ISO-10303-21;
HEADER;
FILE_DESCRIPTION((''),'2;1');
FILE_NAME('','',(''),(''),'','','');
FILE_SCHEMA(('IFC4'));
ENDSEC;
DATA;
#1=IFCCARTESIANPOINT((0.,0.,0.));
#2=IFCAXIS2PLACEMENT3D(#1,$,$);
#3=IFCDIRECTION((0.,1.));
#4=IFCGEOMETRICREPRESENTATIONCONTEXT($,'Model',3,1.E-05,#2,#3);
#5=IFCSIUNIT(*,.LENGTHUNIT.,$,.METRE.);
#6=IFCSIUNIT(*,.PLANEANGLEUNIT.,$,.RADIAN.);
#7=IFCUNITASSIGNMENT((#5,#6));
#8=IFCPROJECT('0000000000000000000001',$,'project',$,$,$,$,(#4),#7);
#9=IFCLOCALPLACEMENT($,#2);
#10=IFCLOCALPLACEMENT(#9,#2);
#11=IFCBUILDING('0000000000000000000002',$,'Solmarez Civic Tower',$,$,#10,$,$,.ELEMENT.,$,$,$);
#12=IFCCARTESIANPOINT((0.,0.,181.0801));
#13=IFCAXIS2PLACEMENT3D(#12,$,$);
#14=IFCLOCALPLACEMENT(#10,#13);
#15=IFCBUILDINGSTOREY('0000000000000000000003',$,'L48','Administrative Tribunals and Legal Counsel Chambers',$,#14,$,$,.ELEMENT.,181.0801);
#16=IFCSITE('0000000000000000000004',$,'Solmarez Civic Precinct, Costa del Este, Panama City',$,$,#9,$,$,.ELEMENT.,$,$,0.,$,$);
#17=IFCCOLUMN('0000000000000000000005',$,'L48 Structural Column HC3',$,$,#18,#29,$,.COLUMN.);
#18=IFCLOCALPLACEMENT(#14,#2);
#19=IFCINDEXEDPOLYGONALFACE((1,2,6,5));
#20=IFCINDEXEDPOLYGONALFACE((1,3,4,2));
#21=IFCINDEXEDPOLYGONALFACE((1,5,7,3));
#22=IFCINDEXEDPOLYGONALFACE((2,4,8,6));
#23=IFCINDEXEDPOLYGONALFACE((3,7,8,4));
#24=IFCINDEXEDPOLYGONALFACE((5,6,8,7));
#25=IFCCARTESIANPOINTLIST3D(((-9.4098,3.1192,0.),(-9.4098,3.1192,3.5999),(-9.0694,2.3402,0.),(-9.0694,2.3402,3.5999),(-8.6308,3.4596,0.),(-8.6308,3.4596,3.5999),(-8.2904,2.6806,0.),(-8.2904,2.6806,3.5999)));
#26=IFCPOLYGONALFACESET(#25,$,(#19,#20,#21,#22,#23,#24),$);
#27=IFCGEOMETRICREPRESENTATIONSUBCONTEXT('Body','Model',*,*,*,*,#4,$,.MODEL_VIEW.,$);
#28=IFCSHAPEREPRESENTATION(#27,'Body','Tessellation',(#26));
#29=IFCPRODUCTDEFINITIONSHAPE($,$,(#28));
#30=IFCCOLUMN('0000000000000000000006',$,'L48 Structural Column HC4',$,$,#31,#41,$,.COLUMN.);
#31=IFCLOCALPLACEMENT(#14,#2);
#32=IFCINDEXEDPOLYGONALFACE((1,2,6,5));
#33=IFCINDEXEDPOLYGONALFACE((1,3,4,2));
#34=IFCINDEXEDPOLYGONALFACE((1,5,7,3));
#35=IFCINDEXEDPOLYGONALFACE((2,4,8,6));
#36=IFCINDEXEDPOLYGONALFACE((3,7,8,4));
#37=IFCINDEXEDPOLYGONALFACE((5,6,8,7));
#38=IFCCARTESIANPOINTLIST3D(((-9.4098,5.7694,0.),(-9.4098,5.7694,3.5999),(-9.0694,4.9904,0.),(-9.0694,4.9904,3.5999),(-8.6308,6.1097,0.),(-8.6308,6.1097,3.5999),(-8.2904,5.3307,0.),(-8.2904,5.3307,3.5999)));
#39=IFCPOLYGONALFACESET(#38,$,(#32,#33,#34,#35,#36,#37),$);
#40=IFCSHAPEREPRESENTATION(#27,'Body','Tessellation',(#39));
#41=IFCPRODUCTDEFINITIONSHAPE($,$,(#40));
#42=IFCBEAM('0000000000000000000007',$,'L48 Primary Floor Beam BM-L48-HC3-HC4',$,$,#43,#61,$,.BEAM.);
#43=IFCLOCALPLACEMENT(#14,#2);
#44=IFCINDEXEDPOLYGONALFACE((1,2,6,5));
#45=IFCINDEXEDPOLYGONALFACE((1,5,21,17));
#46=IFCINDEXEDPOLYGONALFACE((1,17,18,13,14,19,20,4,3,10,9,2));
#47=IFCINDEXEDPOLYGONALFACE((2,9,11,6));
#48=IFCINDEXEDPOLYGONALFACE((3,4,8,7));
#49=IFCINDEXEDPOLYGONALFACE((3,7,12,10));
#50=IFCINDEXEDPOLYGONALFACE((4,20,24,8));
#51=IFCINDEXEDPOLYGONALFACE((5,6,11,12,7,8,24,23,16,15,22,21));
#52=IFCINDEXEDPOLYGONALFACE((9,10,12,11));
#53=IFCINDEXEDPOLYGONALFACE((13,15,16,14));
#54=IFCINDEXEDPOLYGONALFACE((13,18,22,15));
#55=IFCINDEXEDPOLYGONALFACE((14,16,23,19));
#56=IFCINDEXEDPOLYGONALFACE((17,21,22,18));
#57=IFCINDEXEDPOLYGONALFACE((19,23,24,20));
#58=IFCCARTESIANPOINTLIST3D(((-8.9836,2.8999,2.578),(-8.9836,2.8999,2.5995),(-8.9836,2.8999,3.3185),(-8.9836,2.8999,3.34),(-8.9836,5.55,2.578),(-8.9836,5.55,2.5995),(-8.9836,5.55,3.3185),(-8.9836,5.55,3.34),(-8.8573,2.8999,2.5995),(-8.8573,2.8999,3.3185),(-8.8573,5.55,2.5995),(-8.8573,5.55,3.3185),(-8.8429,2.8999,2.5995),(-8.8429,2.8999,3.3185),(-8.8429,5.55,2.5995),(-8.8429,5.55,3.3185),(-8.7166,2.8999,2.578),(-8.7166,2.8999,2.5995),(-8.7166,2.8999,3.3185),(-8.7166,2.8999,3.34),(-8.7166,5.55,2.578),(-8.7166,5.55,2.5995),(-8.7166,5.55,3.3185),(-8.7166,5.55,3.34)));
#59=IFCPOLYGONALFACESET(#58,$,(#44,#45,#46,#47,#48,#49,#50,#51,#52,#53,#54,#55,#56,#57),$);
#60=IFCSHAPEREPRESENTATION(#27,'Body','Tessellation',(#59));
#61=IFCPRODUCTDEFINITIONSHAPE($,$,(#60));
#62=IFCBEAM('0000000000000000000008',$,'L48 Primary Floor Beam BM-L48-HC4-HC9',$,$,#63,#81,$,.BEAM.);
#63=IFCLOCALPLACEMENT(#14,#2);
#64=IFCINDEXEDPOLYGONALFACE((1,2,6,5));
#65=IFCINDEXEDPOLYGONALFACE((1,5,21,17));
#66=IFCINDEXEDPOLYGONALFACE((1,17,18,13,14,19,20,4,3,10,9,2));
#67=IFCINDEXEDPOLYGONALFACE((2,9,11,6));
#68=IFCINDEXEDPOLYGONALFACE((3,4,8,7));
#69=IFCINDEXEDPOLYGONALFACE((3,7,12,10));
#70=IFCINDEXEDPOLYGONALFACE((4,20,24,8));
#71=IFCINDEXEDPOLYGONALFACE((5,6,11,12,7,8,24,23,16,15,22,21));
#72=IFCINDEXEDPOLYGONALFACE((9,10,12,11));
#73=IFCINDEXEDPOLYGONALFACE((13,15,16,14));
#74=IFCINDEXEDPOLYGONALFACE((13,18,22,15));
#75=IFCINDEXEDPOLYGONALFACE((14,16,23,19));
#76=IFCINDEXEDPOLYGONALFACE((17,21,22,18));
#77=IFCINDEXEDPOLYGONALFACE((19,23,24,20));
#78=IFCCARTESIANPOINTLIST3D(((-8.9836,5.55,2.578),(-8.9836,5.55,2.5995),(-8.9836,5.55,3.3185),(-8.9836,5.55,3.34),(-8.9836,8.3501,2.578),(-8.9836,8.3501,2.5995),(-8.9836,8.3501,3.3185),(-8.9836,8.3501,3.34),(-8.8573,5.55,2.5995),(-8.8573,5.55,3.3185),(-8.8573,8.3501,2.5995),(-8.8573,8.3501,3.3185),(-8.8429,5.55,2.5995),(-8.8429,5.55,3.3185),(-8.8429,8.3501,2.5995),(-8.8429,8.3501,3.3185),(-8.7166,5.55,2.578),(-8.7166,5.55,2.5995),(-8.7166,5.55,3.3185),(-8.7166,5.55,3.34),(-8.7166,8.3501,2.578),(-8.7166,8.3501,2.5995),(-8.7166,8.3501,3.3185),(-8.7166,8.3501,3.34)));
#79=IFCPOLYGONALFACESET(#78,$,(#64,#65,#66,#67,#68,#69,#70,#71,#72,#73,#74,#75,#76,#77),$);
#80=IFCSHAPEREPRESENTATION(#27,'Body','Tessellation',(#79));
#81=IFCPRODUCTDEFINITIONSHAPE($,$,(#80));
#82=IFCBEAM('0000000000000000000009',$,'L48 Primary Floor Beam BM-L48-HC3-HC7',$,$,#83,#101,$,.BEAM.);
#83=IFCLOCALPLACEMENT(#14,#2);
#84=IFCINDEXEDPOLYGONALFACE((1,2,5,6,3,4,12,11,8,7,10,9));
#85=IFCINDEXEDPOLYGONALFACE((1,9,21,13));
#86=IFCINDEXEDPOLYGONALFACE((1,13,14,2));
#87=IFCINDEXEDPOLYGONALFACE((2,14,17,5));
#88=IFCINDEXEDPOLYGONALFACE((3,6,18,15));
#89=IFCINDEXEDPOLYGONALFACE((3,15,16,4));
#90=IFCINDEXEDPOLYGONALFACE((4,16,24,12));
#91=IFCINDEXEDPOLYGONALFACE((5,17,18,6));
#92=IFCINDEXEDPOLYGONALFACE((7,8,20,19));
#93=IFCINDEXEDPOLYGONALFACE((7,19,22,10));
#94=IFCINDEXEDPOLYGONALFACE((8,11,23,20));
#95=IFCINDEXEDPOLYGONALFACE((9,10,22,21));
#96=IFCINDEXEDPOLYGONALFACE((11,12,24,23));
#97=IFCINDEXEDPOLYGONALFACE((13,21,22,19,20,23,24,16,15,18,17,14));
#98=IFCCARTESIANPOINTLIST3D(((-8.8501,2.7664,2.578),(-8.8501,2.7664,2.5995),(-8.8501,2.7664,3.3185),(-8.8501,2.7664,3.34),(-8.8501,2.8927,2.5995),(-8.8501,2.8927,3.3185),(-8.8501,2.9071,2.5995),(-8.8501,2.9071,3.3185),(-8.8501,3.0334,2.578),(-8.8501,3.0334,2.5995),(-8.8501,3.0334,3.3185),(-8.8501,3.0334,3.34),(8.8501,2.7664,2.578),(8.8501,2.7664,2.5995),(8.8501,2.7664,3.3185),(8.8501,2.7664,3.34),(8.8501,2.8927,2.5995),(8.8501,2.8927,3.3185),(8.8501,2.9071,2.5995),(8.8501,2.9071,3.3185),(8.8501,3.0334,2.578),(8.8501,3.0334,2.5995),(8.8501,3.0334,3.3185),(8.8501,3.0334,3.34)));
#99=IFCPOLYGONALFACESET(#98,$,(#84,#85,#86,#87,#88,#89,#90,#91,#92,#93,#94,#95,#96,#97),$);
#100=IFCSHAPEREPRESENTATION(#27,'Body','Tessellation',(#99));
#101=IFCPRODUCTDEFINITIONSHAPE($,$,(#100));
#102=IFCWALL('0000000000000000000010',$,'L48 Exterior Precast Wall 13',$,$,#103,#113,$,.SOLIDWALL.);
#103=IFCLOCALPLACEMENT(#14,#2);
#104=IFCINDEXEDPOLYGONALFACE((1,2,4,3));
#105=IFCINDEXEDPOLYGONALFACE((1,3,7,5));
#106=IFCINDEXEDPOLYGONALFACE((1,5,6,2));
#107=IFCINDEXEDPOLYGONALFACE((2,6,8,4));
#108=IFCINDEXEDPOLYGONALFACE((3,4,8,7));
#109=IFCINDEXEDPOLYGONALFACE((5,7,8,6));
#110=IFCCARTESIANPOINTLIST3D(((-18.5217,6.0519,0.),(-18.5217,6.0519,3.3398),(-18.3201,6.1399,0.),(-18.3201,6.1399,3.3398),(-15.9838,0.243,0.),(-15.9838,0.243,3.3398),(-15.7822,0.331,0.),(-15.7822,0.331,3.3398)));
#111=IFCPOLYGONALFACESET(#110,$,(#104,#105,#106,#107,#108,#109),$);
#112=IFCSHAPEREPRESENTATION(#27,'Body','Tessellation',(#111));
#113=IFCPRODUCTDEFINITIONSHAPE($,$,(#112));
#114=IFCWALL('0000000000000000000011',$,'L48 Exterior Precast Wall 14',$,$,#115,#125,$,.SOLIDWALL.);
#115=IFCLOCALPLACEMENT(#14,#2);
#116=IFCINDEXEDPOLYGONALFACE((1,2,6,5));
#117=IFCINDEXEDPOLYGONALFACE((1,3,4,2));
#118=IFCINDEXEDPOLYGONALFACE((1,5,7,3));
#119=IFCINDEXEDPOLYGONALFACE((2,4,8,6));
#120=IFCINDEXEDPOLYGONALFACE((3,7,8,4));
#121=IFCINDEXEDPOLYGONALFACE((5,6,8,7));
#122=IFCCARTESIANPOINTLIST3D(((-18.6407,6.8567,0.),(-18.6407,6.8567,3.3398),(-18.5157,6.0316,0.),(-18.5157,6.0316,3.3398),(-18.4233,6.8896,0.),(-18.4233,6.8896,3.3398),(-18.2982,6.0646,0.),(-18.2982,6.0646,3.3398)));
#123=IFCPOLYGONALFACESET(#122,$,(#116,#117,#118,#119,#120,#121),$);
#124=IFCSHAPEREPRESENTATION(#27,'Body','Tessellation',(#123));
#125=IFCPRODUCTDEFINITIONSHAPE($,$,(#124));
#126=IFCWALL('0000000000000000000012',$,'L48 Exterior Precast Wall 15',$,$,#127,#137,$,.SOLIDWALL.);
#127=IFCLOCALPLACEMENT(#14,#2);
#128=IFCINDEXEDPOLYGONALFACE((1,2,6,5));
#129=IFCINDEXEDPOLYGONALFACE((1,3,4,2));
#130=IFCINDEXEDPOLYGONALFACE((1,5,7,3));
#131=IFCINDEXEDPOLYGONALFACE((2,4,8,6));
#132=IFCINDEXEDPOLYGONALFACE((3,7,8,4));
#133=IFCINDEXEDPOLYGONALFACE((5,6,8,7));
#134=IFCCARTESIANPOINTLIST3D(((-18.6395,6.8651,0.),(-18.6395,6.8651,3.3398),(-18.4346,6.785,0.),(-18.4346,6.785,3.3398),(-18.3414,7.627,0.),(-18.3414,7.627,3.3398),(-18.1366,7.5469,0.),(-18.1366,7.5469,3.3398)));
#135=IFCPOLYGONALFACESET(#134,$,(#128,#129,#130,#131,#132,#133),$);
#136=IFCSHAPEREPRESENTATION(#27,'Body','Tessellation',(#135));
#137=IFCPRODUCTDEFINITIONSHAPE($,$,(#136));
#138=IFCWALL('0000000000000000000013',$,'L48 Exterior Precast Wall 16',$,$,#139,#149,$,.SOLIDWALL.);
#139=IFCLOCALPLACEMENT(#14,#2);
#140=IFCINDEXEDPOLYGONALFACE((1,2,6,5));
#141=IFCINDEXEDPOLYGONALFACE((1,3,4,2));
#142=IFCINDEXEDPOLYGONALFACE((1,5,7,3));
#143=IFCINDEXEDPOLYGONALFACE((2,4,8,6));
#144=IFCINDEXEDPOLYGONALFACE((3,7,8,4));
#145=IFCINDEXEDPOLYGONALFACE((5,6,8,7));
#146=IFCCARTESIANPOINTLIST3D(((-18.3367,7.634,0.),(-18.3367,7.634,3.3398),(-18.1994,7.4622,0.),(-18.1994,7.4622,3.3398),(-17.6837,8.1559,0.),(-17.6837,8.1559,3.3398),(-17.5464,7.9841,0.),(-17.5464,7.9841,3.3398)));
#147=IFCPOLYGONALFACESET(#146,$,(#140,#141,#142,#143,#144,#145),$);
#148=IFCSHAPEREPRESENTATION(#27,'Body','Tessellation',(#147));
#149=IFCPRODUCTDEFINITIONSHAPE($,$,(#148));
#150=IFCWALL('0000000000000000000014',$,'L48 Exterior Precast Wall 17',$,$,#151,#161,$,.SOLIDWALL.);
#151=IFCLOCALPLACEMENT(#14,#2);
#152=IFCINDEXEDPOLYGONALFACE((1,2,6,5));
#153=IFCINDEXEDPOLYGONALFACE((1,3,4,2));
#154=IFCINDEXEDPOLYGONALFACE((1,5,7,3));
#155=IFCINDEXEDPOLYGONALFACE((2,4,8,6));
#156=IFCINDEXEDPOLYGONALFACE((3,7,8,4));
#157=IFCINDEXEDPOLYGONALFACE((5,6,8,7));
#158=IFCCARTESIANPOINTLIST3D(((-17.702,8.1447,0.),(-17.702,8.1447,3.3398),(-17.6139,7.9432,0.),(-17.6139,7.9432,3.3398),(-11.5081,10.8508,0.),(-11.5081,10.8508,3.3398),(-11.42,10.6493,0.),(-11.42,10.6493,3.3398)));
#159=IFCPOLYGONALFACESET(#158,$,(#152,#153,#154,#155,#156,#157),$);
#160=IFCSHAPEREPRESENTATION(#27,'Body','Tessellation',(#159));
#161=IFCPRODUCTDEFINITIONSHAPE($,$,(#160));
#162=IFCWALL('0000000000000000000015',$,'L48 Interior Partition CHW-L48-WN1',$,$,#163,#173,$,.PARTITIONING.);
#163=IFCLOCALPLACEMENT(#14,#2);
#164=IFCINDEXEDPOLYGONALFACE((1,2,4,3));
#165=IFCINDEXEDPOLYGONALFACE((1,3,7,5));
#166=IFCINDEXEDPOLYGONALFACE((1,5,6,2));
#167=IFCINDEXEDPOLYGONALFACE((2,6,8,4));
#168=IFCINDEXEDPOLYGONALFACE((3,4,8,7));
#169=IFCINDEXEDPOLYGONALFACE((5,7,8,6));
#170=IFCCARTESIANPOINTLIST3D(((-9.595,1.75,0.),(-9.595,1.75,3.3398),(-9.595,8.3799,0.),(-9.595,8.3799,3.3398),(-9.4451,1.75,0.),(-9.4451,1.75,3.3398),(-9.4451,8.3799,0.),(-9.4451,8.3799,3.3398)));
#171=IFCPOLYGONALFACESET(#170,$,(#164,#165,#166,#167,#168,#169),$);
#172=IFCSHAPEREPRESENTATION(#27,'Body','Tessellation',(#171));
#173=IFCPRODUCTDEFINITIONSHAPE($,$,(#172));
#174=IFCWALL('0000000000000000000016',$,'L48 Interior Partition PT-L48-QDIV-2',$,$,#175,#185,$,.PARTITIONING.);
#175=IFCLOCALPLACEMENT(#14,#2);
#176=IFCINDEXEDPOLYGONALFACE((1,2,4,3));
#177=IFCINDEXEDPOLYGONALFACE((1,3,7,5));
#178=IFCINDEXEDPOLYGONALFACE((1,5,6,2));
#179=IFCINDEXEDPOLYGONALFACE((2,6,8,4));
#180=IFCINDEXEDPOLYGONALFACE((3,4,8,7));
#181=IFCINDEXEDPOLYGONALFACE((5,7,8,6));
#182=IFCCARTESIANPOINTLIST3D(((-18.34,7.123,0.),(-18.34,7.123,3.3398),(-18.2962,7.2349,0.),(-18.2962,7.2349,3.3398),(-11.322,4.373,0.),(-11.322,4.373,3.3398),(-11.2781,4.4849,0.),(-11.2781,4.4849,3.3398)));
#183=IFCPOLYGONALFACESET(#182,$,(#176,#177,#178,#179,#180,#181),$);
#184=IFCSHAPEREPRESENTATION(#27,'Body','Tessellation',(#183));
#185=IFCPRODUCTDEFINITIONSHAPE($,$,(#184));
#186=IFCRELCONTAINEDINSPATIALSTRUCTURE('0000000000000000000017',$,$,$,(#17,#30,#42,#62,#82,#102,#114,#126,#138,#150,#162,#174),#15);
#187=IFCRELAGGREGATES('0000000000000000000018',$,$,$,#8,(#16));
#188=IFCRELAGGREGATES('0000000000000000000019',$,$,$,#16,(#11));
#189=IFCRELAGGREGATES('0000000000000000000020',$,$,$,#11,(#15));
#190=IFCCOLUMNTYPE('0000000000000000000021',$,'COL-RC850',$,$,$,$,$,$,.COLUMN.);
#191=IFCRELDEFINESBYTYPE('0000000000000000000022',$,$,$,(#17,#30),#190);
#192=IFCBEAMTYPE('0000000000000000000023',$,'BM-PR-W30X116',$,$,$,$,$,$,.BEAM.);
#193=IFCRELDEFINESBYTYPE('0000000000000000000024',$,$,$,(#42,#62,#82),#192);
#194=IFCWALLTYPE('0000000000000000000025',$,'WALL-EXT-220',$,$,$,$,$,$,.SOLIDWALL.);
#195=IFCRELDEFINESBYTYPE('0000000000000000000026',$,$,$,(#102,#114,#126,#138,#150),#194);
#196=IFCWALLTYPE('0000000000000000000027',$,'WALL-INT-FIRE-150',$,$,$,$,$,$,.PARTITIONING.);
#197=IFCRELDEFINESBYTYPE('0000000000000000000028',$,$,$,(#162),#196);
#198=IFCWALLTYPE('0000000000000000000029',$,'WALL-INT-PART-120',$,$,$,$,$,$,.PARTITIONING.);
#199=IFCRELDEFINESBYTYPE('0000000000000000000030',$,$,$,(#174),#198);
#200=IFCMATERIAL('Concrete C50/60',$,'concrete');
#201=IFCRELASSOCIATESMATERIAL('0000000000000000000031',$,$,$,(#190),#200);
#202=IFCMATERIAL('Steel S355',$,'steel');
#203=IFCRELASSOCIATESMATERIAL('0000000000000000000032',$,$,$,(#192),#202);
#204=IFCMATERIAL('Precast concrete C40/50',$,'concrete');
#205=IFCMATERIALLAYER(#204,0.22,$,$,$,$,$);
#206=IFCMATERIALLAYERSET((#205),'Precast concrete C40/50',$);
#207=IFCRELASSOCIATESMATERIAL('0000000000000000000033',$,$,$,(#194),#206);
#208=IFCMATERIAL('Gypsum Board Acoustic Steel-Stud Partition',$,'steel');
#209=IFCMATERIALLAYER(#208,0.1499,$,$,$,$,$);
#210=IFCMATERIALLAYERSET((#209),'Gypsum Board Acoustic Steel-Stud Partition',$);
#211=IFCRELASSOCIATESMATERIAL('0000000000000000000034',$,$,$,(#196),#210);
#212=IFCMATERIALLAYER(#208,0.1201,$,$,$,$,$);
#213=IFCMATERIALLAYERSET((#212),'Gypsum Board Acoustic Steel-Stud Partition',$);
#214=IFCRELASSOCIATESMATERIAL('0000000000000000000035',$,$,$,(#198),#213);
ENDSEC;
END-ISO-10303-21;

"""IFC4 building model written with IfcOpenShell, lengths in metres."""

from ifc_helpers import new_model, si_unit, direction, frame, frame_2d, origin, origin_2d, place, context, subcontext, project, spatial, rectangle, i_section, extrude, material, layer, layer_set, material_profile, profile_set, type_object, element, save


model = new_model("IFC4")

# Units and contexts
model_context = context("Model", 3, precision=1e-05, world=origin(), true_north=direction((0.0, 1.0)))
body_context = subcontext(model_context, "Body", "Model", "MODEL_VIEW")
ifc_project = project(units=[si_unit("LENGTHUNIT", "METRE"), si_unit("PLANEANGLEUNIT", "RADIAN")], contexts=[model_context])

# Site, building, storey
site_placement = place(None, origin())
site = spatial("IfcSite", under=ifc_project, at=site_placement, Name="Solmarez Civic Precinct, Costa del Este, Panama City", CompositionType="ELEMENT", RefElevation=0.0)
building_placement = place(site_placement, origin())
building = spatial("IfcBuilding", under=site, at=building_placement, Name="Solmarez Civic Tower", CompositionType="ELEMENT")
storey_placement = place(building_placement, frame((0.0, 0.0, 181.0801)))
storey = spatial("IfcBuildingStorey", under=building, at=storey_placement, Name="L48", Description="Administrative Tribunals and Legal Counsel Chambers", CompositionType="ELEMENT", Elevation=181.0801)

# Columns
ifc_material_1 = material(Name="Concrete C50/60", Category="concrete")
ifc_material_profile_1 = material_profile(ifc_material_1, rectangle(XDim=0.8501, YDim=0.8501, at=origin_2d()), Name="RC850X850")
ifc_profile_set_1 = profile_set([ifc_material_profile_1], Name="Concrete C50/60")
column_type = type_object("IfcColumnType", Name="COL-RC850", PredefinedType="COLUMN", material=ifc_profile_set_1)
for number, where, z_axis, x_axis, name in (
    (1, (-8.8501, 2.8999, 0.0), (0.0, 0.0, 1.0), (0.916363, 0.400349, 0.0), "L48 Structural Column HC3"),
    (2, (-8.8501, 5.55, 0.0), (0.0, 0.0, 1.0), (0.916363, 0.400349, 0.0), "L48 Structural Column HC4"),
):
    element("IfcColumn", number, at=place(storey_placement, frame(where, z_axis=z_axis, x_axis=x_axis)), inside=storey, type_object=column_type, Name=name, PredefinedType="COLUMN", context=body_context, shape_type="SweptSolid", body=[
        extrude(rectangle(XDim=0.8501, YDim=0.8501, at=origin_2d()), origin(), (0.0, 0.0, 1.0), 3.5999),
    ])

# Beams
ifc_material_2 = material(Name="Steel S355", Category="steel")
ifc_material_profile_2 = material_profile(ifc_material_2, i_section(OverallWidth=0.2671, OverallDepth=0.762, WebThickness=0.0144, FlangeThickness=0.0215, at=origin_2d()), Name="W30X116")
ifc_profile_set_2 = profile_set([ifc_material_profile_2], Name="Steel S355")
beam_type = type_object("IfcBeamType", Name="BM-PR-W30X116", PredefinedType="BEAM", material=ifc_profile_set_2)
beam_1_placement = place(storey_placement, frame((-8.8501, 2.8999, 2.959), z_axis=(0.0, 1.0, 0.0), x_axis=(-1.0, 0.0, 0.0)))
element("IfcBeam", 3, at=beam_1_placement, inside=storey, type_object=beam_type, Name="L48 Primary Floor Beam BM-L48-HC3-HC4", PredefinedType="BEAM", context=body_context, shape_type="SweptSolid", body=[
    extrude(i_section(OverallWidth=0.2671, OverallDepth=0.762, WebThickness=0.0144, FlangeThickness=0.0215, at=origin_2d()), origin(), (0.0, 0.0, 1.0), 2.6501),
])
beam_2_placement = place(storey_placement, frame((-8.8501, 5.55, 2.959), z_axis=(0.0, 1.0, 0.0), x_axis=(-1.0, 0.0, 0.0)))
element("IfcBeam", 4, at=beam_2_placement, inside=storey, type_object=beam_type, Name="L48 Primary Floor Beam BM-L48-HC4-HC9", PredefinedType="BEAM", context=body_context, shape_type="SweptSolid", body=[
    extrude(i_section(OverallWidth=0.2671, OverallDepth=0.762, WebThickness=0.0144, FlangeThickness=0.0215, at=origin_2d()), origin(), (0.0, 0.0, 1.0), 2.8),
])
beam_3_placement = place(storey_placement, frame((-8.8501, 2.8999, 2.959), z_axis=(1.0, 0.0, 0.0), x_axis=(0.0, 1.0, 0.0)))
element("IfcBeam", 5, at=beam_3_placement, inside=storey, type_object=beam_type, Name="L48 Primary Floor Beam BM-L48-HC3-HC7", PredefinedType="BEAM", context=body_context, shape_type="SweptSolid", body=[
    extrude(i_section(OverallWidth=0.2671, OverallDepth=0.762, WebThickness=0.0144, FlangeThickness=0.0215, at=origin_2d()), origin(), (0.0, 0.0, 1.0), 17.7002),
])

# Walls
ifc_material_3 = material(Name="Precast concrete C40/50", Category="concrete")
ifc_layer_1 = layer(ifc_material_3, 0.22)
ifc_layer_set_1 = layer_set([ifc_layer_1], Name="Precast concrete C40/50")
wall_type_1 = type_object("IfcWallType", Name="WALL-EXT-220", PredefinedType="SOLIDWALL", material=ifc_layer_set_1)
wall_1_placement = place(storey_placement, frame((-15.8831, 0.2871, 0.0), z_axis=(0.0, 0.0, 1.0), x_axis=(-0.400352, 0.916361, 0.0)))
element("IfcWall", 6, at=wall_1_placement, inside=storey, type_object=wall_type_1, Name="L48 Exterior Precast Wall 13", PredefinedType="SOLIDWALL", context=body_context, shape_type="SweptSolid", body=[
    extrude(rectangle(XDim=6.3391, YDim=0.22, at=frame_2d((3.1694, 0.0))), origin(), (0.0, 0.0, 1.0), 3.3398),
])
wall_2_placement = place(storey_placement, frame((-18.407, 6.0481, 0.0), z_axis=(0.0, 0.0, 1.0), x_axis=(-0.149814, 0.988714, 0.0)))
element("IfcWall", 7, at=wall_2_placement, inside=storey, type_object=wall_type_1, Name="L48 Exterior Precast Wall 14", PredefinedType="SOLIDWALL", context=body_context, shape_type="SweptSolid", body=[
    extrude(rectangle(XDim=0.8345, YDim=0.22, at=frame_2d((0.4172, 0.0))), origin(), (0.0, 0.0, 1.0), 3.3398),
])
wall_3_placement = place(storey_placement, frame((-18.5371, 6.825, 0.0), z_axis=(0.0, 0.0, 1.0), x_axis=(0.364332, 0.931269, 0.0)))
element("IfcWall", 8, at=wall_3_placement, inside=storey, type_object=wall_type_1, Name="L48 Exterior Precast Wall 15", PredefinedType="SOLIDWALL", context=body_context, shape_type="SweptSolid", body=[
    extrude(rectangle(XDim=0.8181, YDim=0.22, at=frame_2d((0.4092, 0.0))), origin(), (0.0, 0.0, 1.0), 3.3398),
])
wall_4_placement = place(storey_placement, frame((-18.2681, 7.5481, 0.0), z_axis=(0.0, 0.0, 1.0), x_axis=(0.781154, 0.624339, 0.0)))
element("IfcWall", 9, at=wall_4_placement, inside=storey, type_object=wall_type_1, Name="L48 Exterior Precast Wall 16", PredefinedType="SOLIDWALL", context=body_context, shape_type="SweptSolid", body=[
    extrude(rectangle(XDim=0.8359, YDim=0.22, at=frame_2d((0.418, 0.0))), origin(), (0.0, 0.0, 1.0), 3.3398),
])
wall_5_placement = place(storey_placement, frame((-17.658, 8.0439, 0.0), z_axis=(0.0, 0.0, 1.0), x_axis=(0.916361, 0.400353, 0.0)))
element("IfcWall", 10, at=wall_5_placement, inside=storey, type_object=wall_type_1, Name="L48 Exterior Precast Wall 17", PredefinedType="SOLIDWALL", context=body_context, shape_type="SweptSolid", body=[
    extrude(rectangle(XDim=6.7593, YDim=0.22, at=frame_2d((3.3796, 0.0))), origin(), (0.0, 0.0, 1.0), 3.3398),
])
ifc_material_4 = material(Name="Gypsum Board Acoustic Steel-Stud Partition", Category="steel")
ifc_layer_2 = layer(ifc_material_4, 0.1499)
ifc_layer_set_2 = layer_set([ifc_layer_2], Name="Gypsum Board Acoustic Steel-Stud Partition")
wall_type_2 = type_object("IfcWallType", Name="WALL-INT-FIRE-150", PredefinedType="PARTITIONING", material=ifc_layer_set_2)
wall_6_placement = place(storey_placement, frame((-9.52, 1.75, 0.0), z_axis=(0.0, 0.0, 1.0), x_axis=(0.0, 1.0, 0.0)))
element("IfcWall", 11, at=wall_6_placement, inside=storey, type_object=wall_type_2, Name="L48 Interior Partition CHW-L48-WN1", PredefinedType="PARTITIONING", context=body_context, shape_type="SweptSolid", body=[
    extrude(rectangle(XDim=6.6299, YDim=0.1499, at=frame_2d((3.3149, 0.0))), origin(), (0.0, 0.0, 1.0), 3.3398),
])
ifc_layer_3 = layer(ifc_material_4, 0.1201)
ifc_layer_set_3 = layer_set([ifc_layer_3], Name="Gypsum Board Acoustic Steel-Stud Partition")
wall_type_3 = type_object("IfcWallType", Name="WALL-INT-PART-120", PredefinedType="PARTITIONING", material=ifc_layer_set_3)
wall_7_placement = place(storey_placement, frame((-11.3, 4.429, 0.0), z_axis=(0.0, 0.0, 1.0), x_axis=(-0.931072, 0.364837, 0.0)))
element("IfcWall", 12, at=wall_7_placement, inside=storey, type_object=wall_type_3, Name="L48 Interior Partition PT-L48-QDIV-2", PredefinedType="PARTITIONING", context=body_context, shape_type="SweptSolid", body=[
    extrude(rectangle(XDim=7.5376, YDim=0.1201, at=frame_2d((3.7688, 0.0))), origin(), (0.0, 0.0, 1.0), 3.3398),
])

save(model, "model.ifc")
